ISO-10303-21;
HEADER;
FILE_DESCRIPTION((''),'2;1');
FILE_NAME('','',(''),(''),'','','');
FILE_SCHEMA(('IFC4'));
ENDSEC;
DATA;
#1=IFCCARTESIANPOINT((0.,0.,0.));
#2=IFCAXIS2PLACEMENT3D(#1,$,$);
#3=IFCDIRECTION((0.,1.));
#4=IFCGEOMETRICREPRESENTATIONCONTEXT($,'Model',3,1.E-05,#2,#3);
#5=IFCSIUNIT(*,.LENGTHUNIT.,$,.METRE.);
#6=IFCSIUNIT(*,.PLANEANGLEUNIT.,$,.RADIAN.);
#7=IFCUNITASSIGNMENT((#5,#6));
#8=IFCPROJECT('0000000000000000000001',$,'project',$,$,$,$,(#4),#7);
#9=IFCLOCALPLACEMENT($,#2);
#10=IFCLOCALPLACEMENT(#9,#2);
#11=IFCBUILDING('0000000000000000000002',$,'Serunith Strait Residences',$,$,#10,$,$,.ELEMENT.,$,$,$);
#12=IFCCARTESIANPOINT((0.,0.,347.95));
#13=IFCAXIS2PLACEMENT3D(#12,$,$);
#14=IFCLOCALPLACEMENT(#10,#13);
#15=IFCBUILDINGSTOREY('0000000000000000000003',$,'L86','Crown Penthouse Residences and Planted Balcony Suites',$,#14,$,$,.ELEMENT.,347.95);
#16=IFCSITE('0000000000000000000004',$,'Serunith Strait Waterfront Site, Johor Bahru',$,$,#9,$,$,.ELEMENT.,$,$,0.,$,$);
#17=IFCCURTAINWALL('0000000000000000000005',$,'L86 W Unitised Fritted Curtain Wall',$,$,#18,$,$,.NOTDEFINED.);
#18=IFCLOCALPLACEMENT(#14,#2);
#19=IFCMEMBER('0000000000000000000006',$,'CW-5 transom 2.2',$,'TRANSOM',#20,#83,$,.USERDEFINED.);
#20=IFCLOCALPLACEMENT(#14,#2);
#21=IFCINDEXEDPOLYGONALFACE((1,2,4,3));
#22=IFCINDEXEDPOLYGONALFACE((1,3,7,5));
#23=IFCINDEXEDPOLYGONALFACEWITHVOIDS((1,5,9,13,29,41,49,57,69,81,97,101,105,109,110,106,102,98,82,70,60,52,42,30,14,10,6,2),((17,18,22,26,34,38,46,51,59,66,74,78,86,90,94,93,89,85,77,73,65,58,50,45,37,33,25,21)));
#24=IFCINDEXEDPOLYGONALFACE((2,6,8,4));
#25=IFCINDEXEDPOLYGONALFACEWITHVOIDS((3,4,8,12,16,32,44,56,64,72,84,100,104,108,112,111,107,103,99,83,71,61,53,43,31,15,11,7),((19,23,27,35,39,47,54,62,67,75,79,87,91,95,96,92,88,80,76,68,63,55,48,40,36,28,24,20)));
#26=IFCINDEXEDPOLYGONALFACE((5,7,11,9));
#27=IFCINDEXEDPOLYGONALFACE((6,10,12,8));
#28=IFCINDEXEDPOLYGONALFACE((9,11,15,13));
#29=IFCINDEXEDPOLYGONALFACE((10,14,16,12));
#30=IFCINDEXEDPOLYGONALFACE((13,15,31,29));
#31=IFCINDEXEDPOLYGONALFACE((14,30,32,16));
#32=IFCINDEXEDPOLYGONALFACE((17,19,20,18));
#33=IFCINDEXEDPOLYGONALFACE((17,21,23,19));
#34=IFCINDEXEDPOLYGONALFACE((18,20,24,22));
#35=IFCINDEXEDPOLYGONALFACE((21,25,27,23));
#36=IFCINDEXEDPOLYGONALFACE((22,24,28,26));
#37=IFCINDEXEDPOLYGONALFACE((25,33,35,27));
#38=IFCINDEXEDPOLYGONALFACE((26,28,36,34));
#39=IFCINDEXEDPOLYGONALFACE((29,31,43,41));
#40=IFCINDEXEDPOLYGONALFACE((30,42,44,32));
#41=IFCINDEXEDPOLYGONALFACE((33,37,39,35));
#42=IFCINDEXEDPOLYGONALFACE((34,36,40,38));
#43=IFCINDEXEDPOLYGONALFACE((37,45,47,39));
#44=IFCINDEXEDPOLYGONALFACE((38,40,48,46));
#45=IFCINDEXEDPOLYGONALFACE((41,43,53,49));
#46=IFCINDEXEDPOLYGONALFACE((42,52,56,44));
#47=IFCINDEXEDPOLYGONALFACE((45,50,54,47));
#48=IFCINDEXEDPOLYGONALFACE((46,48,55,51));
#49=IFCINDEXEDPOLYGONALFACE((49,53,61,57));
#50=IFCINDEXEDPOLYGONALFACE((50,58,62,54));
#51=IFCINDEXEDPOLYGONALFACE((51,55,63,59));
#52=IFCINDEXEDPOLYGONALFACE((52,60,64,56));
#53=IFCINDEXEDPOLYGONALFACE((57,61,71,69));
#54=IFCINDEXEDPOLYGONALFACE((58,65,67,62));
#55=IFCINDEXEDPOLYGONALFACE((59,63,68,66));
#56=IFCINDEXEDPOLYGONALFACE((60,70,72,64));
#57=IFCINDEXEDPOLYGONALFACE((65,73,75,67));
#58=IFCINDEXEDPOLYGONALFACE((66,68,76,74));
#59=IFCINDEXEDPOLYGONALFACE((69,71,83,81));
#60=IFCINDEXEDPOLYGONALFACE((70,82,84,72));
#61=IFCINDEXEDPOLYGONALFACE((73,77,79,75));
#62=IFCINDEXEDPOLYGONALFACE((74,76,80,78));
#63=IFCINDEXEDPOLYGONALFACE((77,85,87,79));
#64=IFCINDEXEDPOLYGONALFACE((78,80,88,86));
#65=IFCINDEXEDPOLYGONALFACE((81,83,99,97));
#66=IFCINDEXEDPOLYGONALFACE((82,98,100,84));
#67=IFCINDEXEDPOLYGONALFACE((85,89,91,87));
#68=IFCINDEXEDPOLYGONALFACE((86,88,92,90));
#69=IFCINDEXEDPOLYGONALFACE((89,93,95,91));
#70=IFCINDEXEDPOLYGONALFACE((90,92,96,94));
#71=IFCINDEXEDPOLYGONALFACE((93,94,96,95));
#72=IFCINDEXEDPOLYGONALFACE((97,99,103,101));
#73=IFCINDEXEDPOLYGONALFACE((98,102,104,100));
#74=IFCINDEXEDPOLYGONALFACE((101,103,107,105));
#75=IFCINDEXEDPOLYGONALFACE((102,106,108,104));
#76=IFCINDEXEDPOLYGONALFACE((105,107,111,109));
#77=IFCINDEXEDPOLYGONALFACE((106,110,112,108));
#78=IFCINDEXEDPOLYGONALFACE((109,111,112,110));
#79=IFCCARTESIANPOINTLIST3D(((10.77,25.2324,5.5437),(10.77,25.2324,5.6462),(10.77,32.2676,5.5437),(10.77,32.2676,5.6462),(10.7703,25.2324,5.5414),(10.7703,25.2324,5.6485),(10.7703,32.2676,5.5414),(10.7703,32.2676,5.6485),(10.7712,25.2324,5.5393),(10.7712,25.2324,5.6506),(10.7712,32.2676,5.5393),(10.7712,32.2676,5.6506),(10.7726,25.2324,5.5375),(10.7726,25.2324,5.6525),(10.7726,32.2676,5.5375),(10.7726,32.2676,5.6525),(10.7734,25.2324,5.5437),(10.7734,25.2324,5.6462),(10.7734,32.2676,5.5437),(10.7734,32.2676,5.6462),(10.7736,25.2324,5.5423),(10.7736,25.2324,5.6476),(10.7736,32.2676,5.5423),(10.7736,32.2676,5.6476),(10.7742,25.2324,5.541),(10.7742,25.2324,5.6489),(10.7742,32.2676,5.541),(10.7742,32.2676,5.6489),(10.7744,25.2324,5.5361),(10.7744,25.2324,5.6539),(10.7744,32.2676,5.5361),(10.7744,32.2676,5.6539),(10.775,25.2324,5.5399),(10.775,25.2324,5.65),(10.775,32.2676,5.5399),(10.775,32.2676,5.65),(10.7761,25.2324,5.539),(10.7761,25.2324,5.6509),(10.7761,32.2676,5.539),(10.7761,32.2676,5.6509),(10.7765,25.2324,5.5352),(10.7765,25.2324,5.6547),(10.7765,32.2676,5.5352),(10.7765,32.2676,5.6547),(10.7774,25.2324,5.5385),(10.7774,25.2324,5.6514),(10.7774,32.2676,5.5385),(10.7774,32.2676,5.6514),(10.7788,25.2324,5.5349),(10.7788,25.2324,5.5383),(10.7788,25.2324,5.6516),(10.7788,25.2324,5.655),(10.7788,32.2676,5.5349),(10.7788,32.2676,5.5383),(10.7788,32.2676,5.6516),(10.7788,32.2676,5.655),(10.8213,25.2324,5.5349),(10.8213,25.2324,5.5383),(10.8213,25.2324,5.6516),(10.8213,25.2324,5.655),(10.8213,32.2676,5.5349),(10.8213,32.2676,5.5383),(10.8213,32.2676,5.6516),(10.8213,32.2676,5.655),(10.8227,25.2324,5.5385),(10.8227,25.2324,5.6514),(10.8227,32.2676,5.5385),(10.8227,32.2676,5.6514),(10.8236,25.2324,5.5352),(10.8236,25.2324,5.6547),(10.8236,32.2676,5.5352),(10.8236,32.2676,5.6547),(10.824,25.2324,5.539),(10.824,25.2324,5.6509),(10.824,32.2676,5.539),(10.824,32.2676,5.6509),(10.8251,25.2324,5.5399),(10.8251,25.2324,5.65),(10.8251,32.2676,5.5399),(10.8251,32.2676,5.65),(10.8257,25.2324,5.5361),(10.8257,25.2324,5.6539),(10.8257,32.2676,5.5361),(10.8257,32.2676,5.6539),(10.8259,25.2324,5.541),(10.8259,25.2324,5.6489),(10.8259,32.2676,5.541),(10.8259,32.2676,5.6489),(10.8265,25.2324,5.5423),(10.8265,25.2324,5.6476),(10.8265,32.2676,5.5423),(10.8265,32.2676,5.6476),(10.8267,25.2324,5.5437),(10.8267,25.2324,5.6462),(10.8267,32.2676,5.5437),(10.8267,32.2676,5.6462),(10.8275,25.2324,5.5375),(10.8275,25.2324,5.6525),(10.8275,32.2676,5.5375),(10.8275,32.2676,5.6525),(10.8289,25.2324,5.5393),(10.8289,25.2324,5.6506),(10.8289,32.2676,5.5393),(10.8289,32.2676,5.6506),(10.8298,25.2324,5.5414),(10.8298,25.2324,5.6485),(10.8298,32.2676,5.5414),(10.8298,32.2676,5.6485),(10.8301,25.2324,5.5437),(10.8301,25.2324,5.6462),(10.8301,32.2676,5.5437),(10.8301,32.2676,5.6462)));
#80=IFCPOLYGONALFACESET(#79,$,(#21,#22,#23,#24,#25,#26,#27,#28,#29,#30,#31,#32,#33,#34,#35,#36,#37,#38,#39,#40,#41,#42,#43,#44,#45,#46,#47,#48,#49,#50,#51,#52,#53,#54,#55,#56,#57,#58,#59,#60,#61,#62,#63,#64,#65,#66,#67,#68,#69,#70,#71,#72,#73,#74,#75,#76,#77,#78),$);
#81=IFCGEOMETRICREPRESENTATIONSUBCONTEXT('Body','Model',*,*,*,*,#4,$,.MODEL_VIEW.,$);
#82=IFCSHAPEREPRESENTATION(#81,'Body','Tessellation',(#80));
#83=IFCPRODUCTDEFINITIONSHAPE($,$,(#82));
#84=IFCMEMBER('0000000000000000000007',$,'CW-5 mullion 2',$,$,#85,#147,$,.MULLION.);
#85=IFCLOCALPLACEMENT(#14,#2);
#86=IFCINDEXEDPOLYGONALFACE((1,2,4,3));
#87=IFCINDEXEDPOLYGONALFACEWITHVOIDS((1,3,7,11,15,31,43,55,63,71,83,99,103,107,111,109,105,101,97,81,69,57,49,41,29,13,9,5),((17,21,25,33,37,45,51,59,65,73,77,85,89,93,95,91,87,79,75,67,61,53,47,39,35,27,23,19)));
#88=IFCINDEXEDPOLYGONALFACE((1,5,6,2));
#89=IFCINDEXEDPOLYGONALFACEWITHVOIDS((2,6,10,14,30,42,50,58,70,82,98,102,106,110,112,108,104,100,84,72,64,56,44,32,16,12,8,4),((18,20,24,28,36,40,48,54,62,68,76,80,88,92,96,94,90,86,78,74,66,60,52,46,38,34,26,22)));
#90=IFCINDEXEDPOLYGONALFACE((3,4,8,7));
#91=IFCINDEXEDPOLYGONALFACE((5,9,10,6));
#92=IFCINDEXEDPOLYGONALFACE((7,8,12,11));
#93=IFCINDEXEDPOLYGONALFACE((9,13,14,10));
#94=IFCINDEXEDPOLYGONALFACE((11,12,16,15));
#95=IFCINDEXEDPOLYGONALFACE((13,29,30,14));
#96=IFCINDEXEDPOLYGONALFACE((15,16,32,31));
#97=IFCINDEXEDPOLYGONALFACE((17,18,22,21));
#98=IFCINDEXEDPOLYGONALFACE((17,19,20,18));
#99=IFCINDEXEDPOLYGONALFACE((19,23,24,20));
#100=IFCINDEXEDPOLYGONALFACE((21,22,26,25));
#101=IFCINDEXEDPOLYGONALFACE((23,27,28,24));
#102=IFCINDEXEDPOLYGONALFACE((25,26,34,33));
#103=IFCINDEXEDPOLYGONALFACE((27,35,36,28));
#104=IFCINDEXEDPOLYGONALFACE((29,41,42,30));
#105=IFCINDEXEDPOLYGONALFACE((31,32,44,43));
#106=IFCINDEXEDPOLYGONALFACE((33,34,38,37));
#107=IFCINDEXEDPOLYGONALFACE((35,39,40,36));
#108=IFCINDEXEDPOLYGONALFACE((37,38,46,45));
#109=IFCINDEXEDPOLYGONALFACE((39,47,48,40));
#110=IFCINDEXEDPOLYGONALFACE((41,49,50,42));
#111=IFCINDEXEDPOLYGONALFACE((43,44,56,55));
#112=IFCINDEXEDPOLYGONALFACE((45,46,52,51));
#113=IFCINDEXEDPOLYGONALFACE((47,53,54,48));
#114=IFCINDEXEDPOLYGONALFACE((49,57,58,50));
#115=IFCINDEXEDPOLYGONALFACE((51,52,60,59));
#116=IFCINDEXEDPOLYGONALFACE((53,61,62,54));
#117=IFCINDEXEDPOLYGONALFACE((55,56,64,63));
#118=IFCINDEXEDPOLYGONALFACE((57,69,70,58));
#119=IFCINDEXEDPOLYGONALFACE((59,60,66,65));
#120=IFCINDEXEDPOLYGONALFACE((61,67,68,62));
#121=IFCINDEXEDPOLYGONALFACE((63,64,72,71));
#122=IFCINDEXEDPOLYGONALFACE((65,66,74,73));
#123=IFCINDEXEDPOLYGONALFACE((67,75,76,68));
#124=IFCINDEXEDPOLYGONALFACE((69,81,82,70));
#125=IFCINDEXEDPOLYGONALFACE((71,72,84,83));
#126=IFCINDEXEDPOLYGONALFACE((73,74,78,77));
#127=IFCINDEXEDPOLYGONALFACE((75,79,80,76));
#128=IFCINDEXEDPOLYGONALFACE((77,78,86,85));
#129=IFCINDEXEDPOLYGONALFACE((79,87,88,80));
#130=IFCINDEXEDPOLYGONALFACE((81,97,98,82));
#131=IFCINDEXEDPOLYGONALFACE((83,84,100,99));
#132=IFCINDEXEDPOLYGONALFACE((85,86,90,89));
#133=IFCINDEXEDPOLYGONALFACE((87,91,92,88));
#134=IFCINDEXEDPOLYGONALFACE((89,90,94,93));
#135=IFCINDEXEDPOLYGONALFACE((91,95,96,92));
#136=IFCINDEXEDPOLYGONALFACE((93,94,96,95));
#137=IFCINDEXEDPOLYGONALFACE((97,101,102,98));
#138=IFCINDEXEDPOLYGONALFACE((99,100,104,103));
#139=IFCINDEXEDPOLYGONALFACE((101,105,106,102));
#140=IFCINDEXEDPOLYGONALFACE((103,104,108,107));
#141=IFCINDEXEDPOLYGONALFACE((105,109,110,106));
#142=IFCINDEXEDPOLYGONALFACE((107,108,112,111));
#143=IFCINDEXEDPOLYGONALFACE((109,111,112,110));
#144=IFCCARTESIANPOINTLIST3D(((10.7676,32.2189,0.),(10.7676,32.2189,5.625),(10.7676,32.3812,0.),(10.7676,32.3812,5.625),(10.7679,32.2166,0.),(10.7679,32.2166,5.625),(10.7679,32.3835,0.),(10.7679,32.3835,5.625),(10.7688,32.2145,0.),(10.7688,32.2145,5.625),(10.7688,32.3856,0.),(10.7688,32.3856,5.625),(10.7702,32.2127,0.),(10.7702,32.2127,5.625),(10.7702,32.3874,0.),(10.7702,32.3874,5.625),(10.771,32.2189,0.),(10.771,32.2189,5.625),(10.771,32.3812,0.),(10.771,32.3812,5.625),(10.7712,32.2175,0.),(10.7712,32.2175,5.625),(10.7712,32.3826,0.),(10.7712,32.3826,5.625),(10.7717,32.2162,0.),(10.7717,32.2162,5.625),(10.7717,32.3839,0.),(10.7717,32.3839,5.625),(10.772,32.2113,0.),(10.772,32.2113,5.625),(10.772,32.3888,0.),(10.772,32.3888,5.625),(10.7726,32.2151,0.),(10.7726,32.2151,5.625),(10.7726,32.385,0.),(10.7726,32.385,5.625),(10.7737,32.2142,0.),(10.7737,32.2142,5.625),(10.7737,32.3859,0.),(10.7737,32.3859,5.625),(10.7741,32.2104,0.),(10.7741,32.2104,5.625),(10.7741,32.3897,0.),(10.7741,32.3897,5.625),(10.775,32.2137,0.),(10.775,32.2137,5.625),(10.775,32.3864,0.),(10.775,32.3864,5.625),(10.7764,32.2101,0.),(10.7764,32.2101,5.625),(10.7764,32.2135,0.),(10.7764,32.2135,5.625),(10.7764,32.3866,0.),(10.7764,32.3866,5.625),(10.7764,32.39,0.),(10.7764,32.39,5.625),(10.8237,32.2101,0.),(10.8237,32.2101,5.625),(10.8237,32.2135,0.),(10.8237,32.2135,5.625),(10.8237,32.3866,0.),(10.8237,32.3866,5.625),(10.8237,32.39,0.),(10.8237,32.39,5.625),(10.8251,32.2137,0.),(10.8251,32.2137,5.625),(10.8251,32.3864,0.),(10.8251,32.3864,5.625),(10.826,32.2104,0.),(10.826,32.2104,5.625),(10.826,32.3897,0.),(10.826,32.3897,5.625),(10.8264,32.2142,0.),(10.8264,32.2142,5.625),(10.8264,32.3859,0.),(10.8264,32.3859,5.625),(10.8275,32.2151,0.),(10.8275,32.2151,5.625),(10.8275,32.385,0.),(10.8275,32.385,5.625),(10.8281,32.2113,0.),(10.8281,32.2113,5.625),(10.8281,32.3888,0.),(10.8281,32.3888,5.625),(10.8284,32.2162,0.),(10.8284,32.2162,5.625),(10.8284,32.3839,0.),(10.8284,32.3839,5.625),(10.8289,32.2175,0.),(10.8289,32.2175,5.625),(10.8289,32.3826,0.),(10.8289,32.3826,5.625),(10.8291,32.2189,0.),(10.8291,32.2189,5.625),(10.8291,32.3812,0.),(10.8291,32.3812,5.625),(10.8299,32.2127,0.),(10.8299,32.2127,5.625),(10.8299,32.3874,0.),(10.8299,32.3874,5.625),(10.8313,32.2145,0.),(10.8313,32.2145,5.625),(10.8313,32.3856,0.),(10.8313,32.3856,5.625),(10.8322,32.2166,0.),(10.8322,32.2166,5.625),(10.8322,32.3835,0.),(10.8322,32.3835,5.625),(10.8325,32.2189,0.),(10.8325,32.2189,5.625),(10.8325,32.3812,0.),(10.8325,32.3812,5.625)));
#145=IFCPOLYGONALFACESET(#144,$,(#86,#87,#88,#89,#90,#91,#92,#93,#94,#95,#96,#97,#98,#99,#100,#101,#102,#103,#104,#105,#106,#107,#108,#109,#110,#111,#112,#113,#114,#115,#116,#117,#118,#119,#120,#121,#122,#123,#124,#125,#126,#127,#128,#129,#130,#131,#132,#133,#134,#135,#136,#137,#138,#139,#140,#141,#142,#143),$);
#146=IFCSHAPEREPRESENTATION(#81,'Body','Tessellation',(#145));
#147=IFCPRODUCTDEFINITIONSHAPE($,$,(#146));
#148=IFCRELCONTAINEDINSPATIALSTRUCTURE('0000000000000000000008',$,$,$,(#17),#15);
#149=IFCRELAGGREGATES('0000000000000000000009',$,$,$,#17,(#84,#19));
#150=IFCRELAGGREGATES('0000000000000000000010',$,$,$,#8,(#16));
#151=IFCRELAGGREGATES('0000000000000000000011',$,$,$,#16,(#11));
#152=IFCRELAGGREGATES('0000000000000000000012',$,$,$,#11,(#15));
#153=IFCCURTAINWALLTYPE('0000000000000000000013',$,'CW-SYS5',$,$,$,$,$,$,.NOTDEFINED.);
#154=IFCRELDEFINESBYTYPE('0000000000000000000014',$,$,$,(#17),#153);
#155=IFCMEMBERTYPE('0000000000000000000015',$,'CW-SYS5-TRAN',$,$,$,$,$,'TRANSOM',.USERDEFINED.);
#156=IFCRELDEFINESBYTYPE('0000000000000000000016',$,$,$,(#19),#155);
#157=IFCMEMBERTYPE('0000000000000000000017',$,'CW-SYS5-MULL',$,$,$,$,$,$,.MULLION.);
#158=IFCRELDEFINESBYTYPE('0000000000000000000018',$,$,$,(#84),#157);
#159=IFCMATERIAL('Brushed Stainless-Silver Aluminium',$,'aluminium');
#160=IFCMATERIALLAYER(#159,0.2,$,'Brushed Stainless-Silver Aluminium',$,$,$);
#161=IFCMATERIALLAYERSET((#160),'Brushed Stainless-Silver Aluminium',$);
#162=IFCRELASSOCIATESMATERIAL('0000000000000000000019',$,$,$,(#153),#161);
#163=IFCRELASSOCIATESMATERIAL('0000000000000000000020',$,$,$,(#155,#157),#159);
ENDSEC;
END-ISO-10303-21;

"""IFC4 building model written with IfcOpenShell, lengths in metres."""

from ifc_helpers import new_model, si_unit, direction, frame, origin, origin_2d, place, context, subcontext, project, spatial, hollow_rectangle, extrude, source, transform, mapped, material, layer, layer_set, material_profile, profile_set, type_object, element, aggregate, save


model = new_model("IFC4")

# Units and contexts
model_context = context("Model", 3, precision=1e-05, world=origin(), true_north=direction((0.0, 1.0)))
body_context = subcontext(model_context, "Body", "Model", "MODEL_VIEW")
ifc_project = project(units=[si_unit("LENGTHUNIT", "METRE"), si_unit("PLANEANGLEUNIT", "RADIAN")], contexts=[model_context])

# Site, building, storey
site_placement = place(None, origin())
site = spatial("IfcSite", under=ifc_project, at=site_placement, Name="Serunith Strait Waterfront Site, Johor Bahru", CompositionType="ELEMENT", RefElevation=0.0)
building_placement = place(site_placement, origin())
building = spatial("IfcBuilding", under=site, at=building_placement, Name="Serunith Strait Residences", CompositionType="ELEMENT")
storey_placement = place(building_placement, frame((0.0, 0.0, 347.95)))
storey = spatial("IfcBuildingStorey", under=building, at=storey_placement, Name="L86", Description="Crown Penthouse Residences and Planted Balcony Suites", CompositionType="ELEMENT", Elevation=347.95)

# Curtain wall, members
ifc_material_1 = material(Name="Brushed Stainless-Silver Aluminium", Category="aluminium")
ifc_layer_1 = layer(ifc_material_1, 0.2, Name="Brushed Stainless-Silver Aluminium")
ifc_layer_set_1 = layer_set([ifc_layer_1], Name="Brushed Stainless-Silver Aluminium")
curtain_wall_type = type_object("IfcCurtainWallType", Name="CW-SYS5", PredefinedType="NOTDEFINED", material=ifc_layer_set_1)
curtain_wall_placement = place(storey_placement, origin())
curtain_wall = element("IfcCurtainWall", 1, at=curtain_wall_placement, inside=storey, type_object=curtain_wall_type, Name="L86 W Unitised Fritted Curtain Wall", PredefinedType="NOTDEFINED")
ifc_material_profile_1 = material_profile(ifc_material_1, hollow_rectangle(XDim=0.0601, YDim=0.1201, WallThickness=0.0034, InnerFilletRadius=0.0054, OuterFilletRadius=0.0088, at=origin_2d()), Name="ALU 120x60x3.5")
ifc_profile_set_1 = profile_set([ifc_material_profile_1], Name="Brushed Stainless-Silver Aluminium")
member_type_1 = type_object("IfcMemberType", Name="CW-SYS5-TRAN", ElementType="TRANSOM", PredefinedType="USERDEFINED", material=ifc_profile_set_1)
shared_shape_1 = source(origin(), body_context, "Body", "SweptSolid", [
    extrude(hollow_rectangle(XDim=0.0601, YDim=0.1201, WallThickness=0.0034, InnerFilletRadius=0.0054, OuterFilletRadius=0.0088, at=origin_2d()), origin(), (0.0, 0.0, 1.0), 7.0352),
])
member_1_placement = place(storey_placement, frame((10.8, 32.2676, 5.595), z_axis=(0.0, -1.0, 0.0), x_axis=(1.0, 0.0, 0.0)))
member_1 = element("IfcMember", 2, at=member_1_placement, type_object=member_type_1, Name="CW-5 transom 2.2", ObjectType="TRANSOM", PredefinedType="USERDEFINED", context=body_context, shape_type="MappedRepresentation", body=[
    mapped(shared_shape_1, transform((0.0, 0.0, 0.0), scale=1.0)),
])
ifc_material_profile_2 = material_profile(ifc_material_1, hollow_rectangle(XDim=0.0649, YDim=0.1799, WallThickness=0.0034, InnerFilletRadius=0.0054, OuterFilletRadius=0.0088, at=origin_2d()), Name="ALU 180x65x3.5")
ifc_profile_set_2 = profile_set([ifc_material_profile_2], Name="Brushed Stainless-Silver Aluminium")
member_type_2 = type_object("IfcMemberType", Name="CW-SYS5-MULL", PredefinedType="MULLION", material=ifc_profile_set_2)
shared_shape_2 = source(origin(), body_context, "Body", "SweptSolid", [
    extrude(hollow_rectangle(XDim=0.0649, YDim=0.1799, WallThickness=0.0034, InnerFilletRadius=0.0054, OuterFilletRadius=0.0088, at=origin_2d()), origin(), (0.0, 0.0, 1.0), 5.625),
])
member_2_placement = place(storey_placement, frame((10.8, 32.3, 0.0), z_axis=(0.0, 0.0, 1.0), x_axis=(1.0, 0.0, 0.0)))
member_2 = element("IfcMember", 3, at=member_2_placement, type_object=member_type_2, Name="CW-5 mullion 2", PredefinedType="MULLION", context=body_context, shape_type="MappedRepresentation", body=[
    mapped(shared_shape_2, transform((0.0, 0.0, 0.0), scale=1.0)),
])
aggregate(curtain_wall, [member_2, member_1])

save(model, "model.ifc")
